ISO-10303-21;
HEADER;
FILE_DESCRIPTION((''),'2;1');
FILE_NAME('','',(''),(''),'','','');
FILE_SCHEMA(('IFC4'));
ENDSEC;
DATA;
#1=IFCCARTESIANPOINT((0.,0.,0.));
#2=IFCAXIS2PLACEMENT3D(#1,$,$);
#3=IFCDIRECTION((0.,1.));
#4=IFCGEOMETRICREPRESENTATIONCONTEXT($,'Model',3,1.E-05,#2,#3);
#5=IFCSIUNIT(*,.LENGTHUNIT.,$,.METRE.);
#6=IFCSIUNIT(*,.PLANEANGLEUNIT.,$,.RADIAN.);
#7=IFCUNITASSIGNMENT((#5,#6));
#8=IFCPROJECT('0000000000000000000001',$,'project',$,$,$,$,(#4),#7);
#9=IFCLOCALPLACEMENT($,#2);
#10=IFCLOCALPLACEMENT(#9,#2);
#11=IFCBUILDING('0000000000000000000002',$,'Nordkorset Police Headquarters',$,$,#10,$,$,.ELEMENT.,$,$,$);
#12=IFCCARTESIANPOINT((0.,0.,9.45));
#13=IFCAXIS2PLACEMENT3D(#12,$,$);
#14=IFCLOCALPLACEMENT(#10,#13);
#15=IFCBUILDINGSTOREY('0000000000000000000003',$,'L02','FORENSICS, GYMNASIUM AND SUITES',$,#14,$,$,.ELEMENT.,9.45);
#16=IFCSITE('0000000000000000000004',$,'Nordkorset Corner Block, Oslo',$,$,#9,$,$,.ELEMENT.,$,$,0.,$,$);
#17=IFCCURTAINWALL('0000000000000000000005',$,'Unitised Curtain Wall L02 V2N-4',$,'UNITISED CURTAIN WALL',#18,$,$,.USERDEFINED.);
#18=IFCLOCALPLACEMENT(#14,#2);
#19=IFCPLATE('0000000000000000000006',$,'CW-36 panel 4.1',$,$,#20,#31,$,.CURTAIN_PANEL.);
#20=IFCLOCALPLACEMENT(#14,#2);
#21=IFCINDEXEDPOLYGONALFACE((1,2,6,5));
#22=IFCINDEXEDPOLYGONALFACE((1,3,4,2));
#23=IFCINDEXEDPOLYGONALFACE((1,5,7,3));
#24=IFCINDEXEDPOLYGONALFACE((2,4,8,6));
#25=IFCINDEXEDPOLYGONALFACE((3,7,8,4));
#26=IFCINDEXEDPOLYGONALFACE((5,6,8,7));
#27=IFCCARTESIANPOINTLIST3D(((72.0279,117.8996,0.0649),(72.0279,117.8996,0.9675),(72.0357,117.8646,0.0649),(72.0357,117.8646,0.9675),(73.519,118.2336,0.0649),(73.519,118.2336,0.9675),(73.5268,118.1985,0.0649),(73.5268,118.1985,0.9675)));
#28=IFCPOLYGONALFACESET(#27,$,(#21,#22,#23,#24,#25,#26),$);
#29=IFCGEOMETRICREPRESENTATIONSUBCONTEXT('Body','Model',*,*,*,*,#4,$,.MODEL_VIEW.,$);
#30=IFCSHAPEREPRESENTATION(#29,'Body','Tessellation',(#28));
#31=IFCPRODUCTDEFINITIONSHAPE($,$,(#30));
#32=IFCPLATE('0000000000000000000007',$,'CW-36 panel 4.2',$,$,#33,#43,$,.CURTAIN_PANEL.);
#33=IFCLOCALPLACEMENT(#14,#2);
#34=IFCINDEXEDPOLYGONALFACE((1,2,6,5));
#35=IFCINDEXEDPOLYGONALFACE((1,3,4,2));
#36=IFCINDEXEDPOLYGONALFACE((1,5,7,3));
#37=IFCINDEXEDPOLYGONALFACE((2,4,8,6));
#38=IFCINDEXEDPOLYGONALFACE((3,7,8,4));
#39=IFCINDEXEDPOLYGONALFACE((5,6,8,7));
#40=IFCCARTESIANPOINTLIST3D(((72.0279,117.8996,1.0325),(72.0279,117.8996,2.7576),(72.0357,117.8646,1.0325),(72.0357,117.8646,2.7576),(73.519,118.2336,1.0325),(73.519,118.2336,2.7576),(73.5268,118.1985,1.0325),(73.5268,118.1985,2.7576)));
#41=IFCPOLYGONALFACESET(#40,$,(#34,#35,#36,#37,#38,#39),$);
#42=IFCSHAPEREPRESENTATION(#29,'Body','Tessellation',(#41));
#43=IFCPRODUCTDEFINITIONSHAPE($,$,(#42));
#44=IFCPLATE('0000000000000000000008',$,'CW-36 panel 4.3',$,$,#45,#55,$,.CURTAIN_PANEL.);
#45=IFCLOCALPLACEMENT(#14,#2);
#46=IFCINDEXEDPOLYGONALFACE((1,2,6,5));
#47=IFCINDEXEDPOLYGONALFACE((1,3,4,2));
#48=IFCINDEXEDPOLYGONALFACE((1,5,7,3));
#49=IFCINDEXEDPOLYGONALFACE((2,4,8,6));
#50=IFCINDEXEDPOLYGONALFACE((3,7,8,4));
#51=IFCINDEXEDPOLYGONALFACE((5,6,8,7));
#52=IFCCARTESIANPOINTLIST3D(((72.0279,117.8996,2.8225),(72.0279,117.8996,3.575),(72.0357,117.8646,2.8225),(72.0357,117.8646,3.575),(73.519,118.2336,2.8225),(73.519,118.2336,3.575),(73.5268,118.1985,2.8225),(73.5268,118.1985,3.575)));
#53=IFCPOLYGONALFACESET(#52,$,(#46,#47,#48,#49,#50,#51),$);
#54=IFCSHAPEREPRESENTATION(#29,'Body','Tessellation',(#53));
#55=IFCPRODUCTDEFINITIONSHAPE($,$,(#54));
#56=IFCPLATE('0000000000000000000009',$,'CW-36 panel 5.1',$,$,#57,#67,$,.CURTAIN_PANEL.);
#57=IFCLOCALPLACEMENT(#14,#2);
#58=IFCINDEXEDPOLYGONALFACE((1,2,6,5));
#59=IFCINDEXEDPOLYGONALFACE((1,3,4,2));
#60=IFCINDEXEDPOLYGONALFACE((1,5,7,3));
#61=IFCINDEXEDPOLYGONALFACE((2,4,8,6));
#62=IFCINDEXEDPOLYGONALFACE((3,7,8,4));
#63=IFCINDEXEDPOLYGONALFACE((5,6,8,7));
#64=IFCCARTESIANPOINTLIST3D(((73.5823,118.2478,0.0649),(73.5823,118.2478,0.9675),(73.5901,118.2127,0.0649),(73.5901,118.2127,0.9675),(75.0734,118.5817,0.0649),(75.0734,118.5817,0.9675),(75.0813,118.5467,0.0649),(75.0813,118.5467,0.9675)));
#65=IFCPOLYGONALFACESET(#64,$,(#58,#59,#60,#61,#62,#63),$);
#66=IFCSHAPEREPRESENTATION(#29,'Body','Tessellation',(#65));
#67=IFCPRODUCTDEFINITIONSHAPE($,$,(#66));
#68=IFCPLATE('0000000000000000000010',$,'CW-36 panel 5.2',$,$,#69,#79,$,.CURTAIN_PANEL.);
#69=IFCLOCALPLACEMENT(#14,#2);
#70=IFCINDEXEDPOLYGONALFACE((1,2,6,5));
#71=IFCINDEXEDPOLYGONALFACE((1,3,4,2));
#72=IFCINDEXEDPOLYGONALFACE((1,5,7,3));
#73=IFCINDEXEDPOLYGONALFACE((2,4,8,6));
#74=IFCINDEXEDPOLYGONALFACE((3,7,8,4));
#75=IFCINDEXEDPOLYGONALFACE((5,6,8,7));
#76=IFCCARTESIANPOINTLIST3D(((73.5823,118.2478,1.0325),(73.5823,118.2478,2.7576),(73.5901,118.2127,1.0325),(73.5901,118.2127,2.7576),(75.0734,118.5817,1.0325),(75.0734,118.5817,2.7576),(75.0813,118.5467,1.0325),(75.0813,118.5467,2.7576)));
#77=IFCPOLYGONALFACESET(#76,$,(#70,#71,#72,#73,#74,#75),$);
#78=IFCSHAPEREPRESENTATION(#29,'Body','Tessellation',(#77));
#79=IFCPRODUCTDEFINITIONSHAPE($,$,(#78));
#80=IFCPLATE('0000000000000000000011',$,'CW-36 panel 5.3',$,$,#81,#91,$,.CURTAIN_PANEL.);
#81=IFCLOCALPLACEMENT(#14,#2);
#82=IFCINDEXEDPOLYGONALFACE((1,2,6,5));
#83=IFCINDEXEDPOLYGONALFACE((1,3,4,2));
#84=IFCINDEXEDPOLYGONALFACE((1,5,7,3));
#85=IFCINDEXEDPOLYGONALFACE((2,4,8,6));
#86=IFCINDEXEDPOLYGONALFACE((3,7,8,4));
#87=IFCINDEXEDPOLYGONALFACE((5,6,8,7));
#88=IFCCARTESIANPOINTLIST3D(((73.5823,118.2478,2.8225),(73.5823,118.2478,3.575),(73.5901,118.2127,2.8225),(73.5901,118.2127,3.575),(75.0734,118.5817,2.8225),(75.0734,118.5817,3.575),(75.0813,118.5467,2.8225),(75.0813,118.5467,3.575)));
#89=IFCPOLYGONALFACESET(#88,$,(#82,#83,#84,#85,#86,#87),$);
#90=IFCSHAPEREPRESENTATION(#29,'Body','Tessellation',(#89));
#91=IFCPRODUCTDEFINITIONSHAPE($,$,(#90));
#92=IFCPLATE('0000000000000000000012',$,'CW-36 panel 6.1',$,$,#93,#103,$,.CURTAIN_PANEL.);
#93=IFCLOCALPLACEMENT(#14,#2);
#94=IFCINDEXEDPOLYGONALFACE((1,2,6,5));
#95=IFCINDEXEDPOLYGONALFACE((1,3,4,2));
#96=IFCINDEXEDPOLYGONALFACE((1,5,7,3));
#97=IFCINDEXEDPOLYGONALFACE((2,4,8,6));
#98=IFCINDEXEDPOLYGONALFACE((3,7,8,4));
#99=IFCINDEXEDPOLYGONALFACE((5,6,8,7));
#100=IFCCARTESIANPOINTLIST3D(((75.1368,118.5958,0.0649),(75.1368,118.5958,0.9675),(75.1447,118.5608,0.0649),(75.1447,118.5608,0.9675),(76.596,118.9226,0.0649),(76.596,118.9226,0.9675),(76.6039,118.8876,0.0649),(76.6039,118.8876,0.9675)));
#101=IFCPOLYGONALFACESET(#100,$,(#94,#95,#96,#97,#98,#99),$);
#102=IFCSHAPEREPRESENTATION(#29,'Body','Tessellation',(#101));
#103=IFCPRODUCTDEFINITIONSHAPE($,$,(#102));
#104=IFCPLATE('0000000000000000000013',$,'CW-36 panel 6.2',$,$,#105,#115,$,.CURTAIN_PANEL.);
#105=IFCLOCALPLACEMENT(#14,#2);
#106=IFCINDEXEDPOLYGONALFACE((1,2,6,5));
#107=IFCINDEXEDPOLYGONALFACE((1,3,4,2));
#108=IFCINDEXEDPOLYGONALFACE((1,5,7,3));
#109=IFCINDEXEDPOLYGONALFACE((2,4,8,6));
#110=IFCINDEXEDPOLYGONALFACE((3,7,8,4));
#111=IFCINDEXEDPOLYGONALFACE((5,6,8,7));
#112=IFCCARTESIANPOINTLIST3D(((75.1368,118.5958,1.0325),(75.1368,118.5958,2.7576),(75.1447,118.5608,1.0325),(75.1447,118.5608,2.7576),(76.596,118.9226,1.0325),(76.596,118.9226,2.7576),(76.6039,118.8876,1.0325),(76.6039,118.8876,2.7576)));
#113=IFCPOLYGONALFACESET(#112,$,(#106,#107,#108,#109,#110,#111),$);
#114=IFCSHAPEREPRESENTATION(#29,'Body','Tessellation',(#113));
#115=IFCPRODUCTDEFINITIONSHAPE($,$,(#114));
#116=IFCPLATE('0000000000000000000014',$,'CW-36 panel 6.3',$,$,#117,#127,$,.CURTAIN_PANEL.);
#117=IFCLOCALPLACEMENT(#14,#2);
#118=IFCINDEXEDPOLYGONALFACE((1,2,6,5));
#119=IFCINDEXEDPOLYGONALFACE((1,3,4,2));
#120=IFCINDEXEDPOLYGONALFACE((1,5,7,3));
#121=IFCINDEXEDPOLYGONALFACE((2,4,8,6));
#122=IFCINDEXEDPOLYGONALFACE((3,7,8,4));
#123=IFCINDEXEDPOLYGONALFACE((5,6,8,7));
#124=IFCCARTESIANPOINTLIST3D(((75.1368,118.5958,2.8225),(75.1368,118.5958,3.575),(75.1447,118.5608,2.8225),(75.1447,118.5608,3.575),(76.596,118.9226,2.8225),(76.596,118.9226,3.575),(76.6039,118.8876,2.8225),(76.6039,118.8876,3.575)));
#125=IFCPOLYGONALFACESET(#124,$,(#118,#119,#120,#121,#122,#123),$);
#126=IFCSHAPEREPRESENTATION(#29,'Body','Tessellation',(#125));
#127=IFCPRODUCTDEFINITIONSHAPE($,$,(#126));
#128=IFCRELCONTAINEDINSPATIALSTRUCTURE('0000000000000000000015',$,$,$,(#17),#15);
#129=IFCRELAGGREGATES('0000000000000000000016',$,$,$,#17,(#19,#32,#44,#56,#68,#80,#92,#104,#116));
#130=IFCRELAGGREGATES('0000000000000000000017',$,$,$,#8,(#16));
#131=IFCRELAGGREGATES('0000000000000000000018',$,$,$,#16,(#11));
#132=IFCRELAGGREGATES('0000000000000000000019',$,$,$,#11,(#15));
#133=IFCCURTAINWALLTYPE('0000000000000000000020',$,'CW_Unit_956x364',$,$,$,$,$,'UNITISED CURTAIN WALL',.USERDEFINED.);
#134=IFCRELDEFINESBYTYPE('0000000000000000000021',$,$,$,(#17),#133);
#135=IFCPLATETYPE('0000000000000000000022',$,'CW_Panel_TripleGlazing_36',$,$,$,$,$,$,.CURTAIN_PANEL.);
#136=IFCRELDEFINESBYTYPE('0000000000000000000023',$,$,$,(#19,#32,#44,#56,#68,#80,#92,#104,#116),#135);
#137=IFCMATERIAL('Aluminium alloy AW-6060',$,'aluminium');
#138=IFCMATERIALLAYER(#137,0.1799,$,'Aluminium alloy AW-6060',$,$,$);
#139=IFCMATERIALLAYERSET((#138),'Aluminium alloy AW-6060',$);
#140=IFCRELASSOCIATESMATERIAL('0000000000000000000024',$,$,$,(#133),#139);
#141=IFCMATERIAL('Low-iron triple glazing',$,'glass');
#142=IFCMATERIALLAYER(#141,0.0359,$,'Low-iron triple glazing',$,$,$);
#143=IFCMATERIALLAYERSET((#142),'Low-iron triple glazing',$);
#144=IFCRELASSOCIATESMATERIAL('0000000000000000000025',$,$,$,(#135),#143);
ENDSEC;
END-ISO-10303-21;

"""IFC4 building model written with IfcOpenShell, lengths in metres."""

from ifc_helpers import new_model, si_unit, direction, frame, origin, origin_2d, place, context, subcontext, project, spatial, rectangle, extrude, material, layer, layer_set, type_object, element, aggregate, save


model = new_model("IFC4")

# Units and contexts
model_context = context("Model", 3, precision=1e-05, world=origin(), true_north=direction((0.0, 1.0)))
body_context = subcontext(model_context, "Body", "Model", "MODEL_VIEW")
ifc_project = project(units=[si_unit("LENGTHUNIT", "METRE"), si_unit("PLANEANGLEUNIT", "RADIAN")], contexts=[model_context])

# Site, building, storey
site_placement = place(None, origin())
site = spatial("IfcSite", under=ifc_project, at=site_placement, Name="Nordkorset Corner Block, Oslo", CompositionType="ELEMENT", RefElevation=0.0)
building_placement = place(site_placement, origin())
building = spatial("IfcBuilding", under=site, at=building_placement, Name="Nordkorset Police Headquarters", CompositionType="ELEMENT")
storey_placement = place(building_placement, frame((0.0, 0.0, 9.45)))
storey = spatial("IfcBuildingStorey", under=building, at=storey_placement, Name="L02", Description="FORENSICS, GYMNASIUM AND SUITES", CompositionType="ELEMENT", Elevation=9.45)

# Curtain wall, plates
ifc_material_1 = material(Name="Aluminium alloy AW-6060", Category="aluminium")
ifc_layer_1 = layer(ifc_material_1, 0.1799, Name="Aluminium alloy AW-6060")
ifc_layer_set_1 = layer_set([ifc_layer_1], Name="Aluminium alloy AW-6060")
curtain_wall_type = type_object("IfcCurtainWallType", Name="CW_Unit_956x364", ElementType="UNITISED CURTAIN WALL", PredefinedType="USERDEFINED", material=ifc_layer_set_1)
curtain_wall_placement = place(storey_placement, origin())
curtain_wall = element("IfcCurtainWall", 1, at=curtain_wall_placement, inside=storey, type_object=curtain_wall_type, Name="Unitised Curtain Wall L02 V2N-4", ObjectType="UNITISED CURTAIN WALL", PredefinedType="USERDEFINED")
ifc_material_2 = material(Name="Low-iron triple glazing", Category="glass")
ifc_layer_2 = layer(ifc_material_2, 0.0359, Name="Low-iron triple glazing")
ifc_layer_set_2 = layer_set([ifc_layer_2], Name="Low-iron triple glazing")
plate_type = type_object("IfcPlateType", Name="CW_Panel_TripleGlazing_36", PredefinedType="CURTAIN_PANEL", material=ifc_layer_set_2)
plate_1_placement = place(storey_placement, frame((72.7773, 118.0491, 0.0649), z_axis=(0.0, 0.0, 1.0), x_axis=(0.975827, 0.218544, 0.0)))
plate_1 = element("IfcPlate", 2, at=plate_1_placement, type_object=plate_type, Name="CW-36 panel 4.1", PredefinedType="CURTAIN_PANEL", context=body_context, shape_type="SweptSolid", body=[
    extrude(rectangle(XDim=1.5281, YDim=0.0359, at=origin_2d()), origin(), (0.0, 0.0, 1.0), 0.9026),
])
plate_2_placement = place(storey_placement, frame((72.7773, 118.0491, 1.0325), z_axis=(0.0, 0.0, 1.0), x_axis=(0.975827, 0.218544, 0.0)))
plate_2 = element("IfcPlate", 3, at=plate_2_placement, type_object=plate_type, Name="CW-36 panel 4.2", PredefinedType="CURTAIN_PANEL", context=body_context, shape_type="SweptSolid", body=[
    extrude(rectangle(XDim=1.5281, YDim=0.0359, at=origin_2d()), origin(), (0.0, 0.0, 1.0), 1.7251),
])
plate_3_placement = place(storey_placement, frame((72.7773, 118.0491, 2.8225), z_axis=(0.0, 0.0, 1.0), x_axis=(0.975827, 0.218544, 0.0)))
plate_3 = element("IfcPlate", 4, at=plate_3_placement, type_object=plate_type, Name="CW-36 panel 4.3", PredefinedType="CURTAIN_PANEL", context=body_context, shape_type="SweptSolid", body=[
    extrude(rectangle(XDim=1.5281, YDim=0.0359, at=origin_2d()), origin(), (0.0, 0.0, 1.0), 0.7524),
])
plate_4_placement = place(storey_placement, frame((74.3318, 118.3972, 0.0649), z_axis=(0.0, 0.0, 1.0), x_axis=(0.975827, 0.218544, 0.0)))
plate_4 = element("IfcPlate", 5, at=plate_4_placement, type_object=plate_type, Name="CW-36 panel 5.1", PredefinedType="CURTAIN_PANEL", context=body_context, shape_type="SweptSolid", body=[
    extrude(rectangle(XDim=1.5281, YDim=0.0359, at=origin_2d()), origin(), (0.0, 0.0, 1.0), 0.9026),
])
plate_5_placement = place(storey_placement, frame((74.3318, 118.3972, 1.0325), z_axis=(0.0, 0.0, 1.0), x_axis=(0.975827, 0.218544, 0.0)))
plate_5 = element("IfcPlate", 6, at=plate_5_placement, type_object=plate_type, Name="CW-36 panel 5.2", PredefinedType="CURTAIN_PANEL", context=body_context, shape_type="SweptSolid", body=[
    extrude(rectangle(XDim=1.5281, YDim=0.0359, at=origin_2d()), origin(), (0.0, 0.0, 1.0), 1.7251),
])
plate_6_placement = place(storey_placement, frame((74.3318, 118.3972, 2.8225), z_axis=(0.0, 0.0, 1.0), x_axis=(0.975827, 0.218544, 0.0)))
plate_6 = element("IfcPlate", 7, at=plate_6_placement, type_object=plate_type, Name="CW-36 panel 5.3", PredefinedType="CURTAIN_PANEL", context=body_context, shape_type="SweptSolid", body=[
    extrude(rectangle(XDim=1.5281, YDim=0.0359, at=origin_2d()), origin(), (0.0, 0.0, 1.0), 0.7524),
])
plate_7_placement = place(storey_placement, frame((75.8704, 118.7417, 0.0649), z_axis=(0.0, 0.0, 1.0), x_axis=(0.975827, 0.218544, 0.0)))
plate_7 = element("IfcPlate", 8, at=plate_7_placement, type_object=plate_type, Name="CW-36 panel 6.1", PredefinedType="CURTAIN_PANEL", context=body_context, shape_type="SweptSolid", body=[
    extrude(rectangle(XDim=1.4954, YDim=0.0359, at=origin_2d()), origin(), (0.0, 0.0, 1.0), 0.9026),
])
plate_8_placement = place(storey_placement, frame((75.8704, 118.7417, 1.0325), z_axis=(0.0, 0.0, 1.0), x_axis=(0.975827, 0.218544, 0.0)))
plate_8 = element("IfcPlate", 9, at=plate_8_placement, type_object=plate_type, Name="CW-36 panel 6.2", PredefinedType="CURTAIN_PANEL", context=body_context, shape_type="SweptSolid", body=[
    extrude(rectangle(XDim=1.4954, YDim=0.0359, at=origin_2d()), origin(), (0.0, 0.0, 1.0), 1.7251),
])
plate_9_placement = place(storey_placement, frame((75.8704, 118.7417, 2.8225), z_axis=(0.0, 0.0, 1.0), x_axis=(0.975827, 0.218544, 0.0)))
plate_9 = element("IfcPlate", 10, at=plate_9_placement, type_object=plate_type, Name="CW-36 panel 6.3", PredefinedType="CURTAIN_PANEL", context=body_context, shape_type="SweptSolid", body=[
    extrude(rectangle(XDim=1.4954, YDim=0.0359, at=origin_2d()), origin(), (0.0, 0.0, 1.0), 0.7524),
])
aggregate(curtain_wall, [plate_1, plate_2, plate_3, plate_4, plate_5, plate_6, plate_7, plate_8, plate_9])

save(model, "model.ifc")
